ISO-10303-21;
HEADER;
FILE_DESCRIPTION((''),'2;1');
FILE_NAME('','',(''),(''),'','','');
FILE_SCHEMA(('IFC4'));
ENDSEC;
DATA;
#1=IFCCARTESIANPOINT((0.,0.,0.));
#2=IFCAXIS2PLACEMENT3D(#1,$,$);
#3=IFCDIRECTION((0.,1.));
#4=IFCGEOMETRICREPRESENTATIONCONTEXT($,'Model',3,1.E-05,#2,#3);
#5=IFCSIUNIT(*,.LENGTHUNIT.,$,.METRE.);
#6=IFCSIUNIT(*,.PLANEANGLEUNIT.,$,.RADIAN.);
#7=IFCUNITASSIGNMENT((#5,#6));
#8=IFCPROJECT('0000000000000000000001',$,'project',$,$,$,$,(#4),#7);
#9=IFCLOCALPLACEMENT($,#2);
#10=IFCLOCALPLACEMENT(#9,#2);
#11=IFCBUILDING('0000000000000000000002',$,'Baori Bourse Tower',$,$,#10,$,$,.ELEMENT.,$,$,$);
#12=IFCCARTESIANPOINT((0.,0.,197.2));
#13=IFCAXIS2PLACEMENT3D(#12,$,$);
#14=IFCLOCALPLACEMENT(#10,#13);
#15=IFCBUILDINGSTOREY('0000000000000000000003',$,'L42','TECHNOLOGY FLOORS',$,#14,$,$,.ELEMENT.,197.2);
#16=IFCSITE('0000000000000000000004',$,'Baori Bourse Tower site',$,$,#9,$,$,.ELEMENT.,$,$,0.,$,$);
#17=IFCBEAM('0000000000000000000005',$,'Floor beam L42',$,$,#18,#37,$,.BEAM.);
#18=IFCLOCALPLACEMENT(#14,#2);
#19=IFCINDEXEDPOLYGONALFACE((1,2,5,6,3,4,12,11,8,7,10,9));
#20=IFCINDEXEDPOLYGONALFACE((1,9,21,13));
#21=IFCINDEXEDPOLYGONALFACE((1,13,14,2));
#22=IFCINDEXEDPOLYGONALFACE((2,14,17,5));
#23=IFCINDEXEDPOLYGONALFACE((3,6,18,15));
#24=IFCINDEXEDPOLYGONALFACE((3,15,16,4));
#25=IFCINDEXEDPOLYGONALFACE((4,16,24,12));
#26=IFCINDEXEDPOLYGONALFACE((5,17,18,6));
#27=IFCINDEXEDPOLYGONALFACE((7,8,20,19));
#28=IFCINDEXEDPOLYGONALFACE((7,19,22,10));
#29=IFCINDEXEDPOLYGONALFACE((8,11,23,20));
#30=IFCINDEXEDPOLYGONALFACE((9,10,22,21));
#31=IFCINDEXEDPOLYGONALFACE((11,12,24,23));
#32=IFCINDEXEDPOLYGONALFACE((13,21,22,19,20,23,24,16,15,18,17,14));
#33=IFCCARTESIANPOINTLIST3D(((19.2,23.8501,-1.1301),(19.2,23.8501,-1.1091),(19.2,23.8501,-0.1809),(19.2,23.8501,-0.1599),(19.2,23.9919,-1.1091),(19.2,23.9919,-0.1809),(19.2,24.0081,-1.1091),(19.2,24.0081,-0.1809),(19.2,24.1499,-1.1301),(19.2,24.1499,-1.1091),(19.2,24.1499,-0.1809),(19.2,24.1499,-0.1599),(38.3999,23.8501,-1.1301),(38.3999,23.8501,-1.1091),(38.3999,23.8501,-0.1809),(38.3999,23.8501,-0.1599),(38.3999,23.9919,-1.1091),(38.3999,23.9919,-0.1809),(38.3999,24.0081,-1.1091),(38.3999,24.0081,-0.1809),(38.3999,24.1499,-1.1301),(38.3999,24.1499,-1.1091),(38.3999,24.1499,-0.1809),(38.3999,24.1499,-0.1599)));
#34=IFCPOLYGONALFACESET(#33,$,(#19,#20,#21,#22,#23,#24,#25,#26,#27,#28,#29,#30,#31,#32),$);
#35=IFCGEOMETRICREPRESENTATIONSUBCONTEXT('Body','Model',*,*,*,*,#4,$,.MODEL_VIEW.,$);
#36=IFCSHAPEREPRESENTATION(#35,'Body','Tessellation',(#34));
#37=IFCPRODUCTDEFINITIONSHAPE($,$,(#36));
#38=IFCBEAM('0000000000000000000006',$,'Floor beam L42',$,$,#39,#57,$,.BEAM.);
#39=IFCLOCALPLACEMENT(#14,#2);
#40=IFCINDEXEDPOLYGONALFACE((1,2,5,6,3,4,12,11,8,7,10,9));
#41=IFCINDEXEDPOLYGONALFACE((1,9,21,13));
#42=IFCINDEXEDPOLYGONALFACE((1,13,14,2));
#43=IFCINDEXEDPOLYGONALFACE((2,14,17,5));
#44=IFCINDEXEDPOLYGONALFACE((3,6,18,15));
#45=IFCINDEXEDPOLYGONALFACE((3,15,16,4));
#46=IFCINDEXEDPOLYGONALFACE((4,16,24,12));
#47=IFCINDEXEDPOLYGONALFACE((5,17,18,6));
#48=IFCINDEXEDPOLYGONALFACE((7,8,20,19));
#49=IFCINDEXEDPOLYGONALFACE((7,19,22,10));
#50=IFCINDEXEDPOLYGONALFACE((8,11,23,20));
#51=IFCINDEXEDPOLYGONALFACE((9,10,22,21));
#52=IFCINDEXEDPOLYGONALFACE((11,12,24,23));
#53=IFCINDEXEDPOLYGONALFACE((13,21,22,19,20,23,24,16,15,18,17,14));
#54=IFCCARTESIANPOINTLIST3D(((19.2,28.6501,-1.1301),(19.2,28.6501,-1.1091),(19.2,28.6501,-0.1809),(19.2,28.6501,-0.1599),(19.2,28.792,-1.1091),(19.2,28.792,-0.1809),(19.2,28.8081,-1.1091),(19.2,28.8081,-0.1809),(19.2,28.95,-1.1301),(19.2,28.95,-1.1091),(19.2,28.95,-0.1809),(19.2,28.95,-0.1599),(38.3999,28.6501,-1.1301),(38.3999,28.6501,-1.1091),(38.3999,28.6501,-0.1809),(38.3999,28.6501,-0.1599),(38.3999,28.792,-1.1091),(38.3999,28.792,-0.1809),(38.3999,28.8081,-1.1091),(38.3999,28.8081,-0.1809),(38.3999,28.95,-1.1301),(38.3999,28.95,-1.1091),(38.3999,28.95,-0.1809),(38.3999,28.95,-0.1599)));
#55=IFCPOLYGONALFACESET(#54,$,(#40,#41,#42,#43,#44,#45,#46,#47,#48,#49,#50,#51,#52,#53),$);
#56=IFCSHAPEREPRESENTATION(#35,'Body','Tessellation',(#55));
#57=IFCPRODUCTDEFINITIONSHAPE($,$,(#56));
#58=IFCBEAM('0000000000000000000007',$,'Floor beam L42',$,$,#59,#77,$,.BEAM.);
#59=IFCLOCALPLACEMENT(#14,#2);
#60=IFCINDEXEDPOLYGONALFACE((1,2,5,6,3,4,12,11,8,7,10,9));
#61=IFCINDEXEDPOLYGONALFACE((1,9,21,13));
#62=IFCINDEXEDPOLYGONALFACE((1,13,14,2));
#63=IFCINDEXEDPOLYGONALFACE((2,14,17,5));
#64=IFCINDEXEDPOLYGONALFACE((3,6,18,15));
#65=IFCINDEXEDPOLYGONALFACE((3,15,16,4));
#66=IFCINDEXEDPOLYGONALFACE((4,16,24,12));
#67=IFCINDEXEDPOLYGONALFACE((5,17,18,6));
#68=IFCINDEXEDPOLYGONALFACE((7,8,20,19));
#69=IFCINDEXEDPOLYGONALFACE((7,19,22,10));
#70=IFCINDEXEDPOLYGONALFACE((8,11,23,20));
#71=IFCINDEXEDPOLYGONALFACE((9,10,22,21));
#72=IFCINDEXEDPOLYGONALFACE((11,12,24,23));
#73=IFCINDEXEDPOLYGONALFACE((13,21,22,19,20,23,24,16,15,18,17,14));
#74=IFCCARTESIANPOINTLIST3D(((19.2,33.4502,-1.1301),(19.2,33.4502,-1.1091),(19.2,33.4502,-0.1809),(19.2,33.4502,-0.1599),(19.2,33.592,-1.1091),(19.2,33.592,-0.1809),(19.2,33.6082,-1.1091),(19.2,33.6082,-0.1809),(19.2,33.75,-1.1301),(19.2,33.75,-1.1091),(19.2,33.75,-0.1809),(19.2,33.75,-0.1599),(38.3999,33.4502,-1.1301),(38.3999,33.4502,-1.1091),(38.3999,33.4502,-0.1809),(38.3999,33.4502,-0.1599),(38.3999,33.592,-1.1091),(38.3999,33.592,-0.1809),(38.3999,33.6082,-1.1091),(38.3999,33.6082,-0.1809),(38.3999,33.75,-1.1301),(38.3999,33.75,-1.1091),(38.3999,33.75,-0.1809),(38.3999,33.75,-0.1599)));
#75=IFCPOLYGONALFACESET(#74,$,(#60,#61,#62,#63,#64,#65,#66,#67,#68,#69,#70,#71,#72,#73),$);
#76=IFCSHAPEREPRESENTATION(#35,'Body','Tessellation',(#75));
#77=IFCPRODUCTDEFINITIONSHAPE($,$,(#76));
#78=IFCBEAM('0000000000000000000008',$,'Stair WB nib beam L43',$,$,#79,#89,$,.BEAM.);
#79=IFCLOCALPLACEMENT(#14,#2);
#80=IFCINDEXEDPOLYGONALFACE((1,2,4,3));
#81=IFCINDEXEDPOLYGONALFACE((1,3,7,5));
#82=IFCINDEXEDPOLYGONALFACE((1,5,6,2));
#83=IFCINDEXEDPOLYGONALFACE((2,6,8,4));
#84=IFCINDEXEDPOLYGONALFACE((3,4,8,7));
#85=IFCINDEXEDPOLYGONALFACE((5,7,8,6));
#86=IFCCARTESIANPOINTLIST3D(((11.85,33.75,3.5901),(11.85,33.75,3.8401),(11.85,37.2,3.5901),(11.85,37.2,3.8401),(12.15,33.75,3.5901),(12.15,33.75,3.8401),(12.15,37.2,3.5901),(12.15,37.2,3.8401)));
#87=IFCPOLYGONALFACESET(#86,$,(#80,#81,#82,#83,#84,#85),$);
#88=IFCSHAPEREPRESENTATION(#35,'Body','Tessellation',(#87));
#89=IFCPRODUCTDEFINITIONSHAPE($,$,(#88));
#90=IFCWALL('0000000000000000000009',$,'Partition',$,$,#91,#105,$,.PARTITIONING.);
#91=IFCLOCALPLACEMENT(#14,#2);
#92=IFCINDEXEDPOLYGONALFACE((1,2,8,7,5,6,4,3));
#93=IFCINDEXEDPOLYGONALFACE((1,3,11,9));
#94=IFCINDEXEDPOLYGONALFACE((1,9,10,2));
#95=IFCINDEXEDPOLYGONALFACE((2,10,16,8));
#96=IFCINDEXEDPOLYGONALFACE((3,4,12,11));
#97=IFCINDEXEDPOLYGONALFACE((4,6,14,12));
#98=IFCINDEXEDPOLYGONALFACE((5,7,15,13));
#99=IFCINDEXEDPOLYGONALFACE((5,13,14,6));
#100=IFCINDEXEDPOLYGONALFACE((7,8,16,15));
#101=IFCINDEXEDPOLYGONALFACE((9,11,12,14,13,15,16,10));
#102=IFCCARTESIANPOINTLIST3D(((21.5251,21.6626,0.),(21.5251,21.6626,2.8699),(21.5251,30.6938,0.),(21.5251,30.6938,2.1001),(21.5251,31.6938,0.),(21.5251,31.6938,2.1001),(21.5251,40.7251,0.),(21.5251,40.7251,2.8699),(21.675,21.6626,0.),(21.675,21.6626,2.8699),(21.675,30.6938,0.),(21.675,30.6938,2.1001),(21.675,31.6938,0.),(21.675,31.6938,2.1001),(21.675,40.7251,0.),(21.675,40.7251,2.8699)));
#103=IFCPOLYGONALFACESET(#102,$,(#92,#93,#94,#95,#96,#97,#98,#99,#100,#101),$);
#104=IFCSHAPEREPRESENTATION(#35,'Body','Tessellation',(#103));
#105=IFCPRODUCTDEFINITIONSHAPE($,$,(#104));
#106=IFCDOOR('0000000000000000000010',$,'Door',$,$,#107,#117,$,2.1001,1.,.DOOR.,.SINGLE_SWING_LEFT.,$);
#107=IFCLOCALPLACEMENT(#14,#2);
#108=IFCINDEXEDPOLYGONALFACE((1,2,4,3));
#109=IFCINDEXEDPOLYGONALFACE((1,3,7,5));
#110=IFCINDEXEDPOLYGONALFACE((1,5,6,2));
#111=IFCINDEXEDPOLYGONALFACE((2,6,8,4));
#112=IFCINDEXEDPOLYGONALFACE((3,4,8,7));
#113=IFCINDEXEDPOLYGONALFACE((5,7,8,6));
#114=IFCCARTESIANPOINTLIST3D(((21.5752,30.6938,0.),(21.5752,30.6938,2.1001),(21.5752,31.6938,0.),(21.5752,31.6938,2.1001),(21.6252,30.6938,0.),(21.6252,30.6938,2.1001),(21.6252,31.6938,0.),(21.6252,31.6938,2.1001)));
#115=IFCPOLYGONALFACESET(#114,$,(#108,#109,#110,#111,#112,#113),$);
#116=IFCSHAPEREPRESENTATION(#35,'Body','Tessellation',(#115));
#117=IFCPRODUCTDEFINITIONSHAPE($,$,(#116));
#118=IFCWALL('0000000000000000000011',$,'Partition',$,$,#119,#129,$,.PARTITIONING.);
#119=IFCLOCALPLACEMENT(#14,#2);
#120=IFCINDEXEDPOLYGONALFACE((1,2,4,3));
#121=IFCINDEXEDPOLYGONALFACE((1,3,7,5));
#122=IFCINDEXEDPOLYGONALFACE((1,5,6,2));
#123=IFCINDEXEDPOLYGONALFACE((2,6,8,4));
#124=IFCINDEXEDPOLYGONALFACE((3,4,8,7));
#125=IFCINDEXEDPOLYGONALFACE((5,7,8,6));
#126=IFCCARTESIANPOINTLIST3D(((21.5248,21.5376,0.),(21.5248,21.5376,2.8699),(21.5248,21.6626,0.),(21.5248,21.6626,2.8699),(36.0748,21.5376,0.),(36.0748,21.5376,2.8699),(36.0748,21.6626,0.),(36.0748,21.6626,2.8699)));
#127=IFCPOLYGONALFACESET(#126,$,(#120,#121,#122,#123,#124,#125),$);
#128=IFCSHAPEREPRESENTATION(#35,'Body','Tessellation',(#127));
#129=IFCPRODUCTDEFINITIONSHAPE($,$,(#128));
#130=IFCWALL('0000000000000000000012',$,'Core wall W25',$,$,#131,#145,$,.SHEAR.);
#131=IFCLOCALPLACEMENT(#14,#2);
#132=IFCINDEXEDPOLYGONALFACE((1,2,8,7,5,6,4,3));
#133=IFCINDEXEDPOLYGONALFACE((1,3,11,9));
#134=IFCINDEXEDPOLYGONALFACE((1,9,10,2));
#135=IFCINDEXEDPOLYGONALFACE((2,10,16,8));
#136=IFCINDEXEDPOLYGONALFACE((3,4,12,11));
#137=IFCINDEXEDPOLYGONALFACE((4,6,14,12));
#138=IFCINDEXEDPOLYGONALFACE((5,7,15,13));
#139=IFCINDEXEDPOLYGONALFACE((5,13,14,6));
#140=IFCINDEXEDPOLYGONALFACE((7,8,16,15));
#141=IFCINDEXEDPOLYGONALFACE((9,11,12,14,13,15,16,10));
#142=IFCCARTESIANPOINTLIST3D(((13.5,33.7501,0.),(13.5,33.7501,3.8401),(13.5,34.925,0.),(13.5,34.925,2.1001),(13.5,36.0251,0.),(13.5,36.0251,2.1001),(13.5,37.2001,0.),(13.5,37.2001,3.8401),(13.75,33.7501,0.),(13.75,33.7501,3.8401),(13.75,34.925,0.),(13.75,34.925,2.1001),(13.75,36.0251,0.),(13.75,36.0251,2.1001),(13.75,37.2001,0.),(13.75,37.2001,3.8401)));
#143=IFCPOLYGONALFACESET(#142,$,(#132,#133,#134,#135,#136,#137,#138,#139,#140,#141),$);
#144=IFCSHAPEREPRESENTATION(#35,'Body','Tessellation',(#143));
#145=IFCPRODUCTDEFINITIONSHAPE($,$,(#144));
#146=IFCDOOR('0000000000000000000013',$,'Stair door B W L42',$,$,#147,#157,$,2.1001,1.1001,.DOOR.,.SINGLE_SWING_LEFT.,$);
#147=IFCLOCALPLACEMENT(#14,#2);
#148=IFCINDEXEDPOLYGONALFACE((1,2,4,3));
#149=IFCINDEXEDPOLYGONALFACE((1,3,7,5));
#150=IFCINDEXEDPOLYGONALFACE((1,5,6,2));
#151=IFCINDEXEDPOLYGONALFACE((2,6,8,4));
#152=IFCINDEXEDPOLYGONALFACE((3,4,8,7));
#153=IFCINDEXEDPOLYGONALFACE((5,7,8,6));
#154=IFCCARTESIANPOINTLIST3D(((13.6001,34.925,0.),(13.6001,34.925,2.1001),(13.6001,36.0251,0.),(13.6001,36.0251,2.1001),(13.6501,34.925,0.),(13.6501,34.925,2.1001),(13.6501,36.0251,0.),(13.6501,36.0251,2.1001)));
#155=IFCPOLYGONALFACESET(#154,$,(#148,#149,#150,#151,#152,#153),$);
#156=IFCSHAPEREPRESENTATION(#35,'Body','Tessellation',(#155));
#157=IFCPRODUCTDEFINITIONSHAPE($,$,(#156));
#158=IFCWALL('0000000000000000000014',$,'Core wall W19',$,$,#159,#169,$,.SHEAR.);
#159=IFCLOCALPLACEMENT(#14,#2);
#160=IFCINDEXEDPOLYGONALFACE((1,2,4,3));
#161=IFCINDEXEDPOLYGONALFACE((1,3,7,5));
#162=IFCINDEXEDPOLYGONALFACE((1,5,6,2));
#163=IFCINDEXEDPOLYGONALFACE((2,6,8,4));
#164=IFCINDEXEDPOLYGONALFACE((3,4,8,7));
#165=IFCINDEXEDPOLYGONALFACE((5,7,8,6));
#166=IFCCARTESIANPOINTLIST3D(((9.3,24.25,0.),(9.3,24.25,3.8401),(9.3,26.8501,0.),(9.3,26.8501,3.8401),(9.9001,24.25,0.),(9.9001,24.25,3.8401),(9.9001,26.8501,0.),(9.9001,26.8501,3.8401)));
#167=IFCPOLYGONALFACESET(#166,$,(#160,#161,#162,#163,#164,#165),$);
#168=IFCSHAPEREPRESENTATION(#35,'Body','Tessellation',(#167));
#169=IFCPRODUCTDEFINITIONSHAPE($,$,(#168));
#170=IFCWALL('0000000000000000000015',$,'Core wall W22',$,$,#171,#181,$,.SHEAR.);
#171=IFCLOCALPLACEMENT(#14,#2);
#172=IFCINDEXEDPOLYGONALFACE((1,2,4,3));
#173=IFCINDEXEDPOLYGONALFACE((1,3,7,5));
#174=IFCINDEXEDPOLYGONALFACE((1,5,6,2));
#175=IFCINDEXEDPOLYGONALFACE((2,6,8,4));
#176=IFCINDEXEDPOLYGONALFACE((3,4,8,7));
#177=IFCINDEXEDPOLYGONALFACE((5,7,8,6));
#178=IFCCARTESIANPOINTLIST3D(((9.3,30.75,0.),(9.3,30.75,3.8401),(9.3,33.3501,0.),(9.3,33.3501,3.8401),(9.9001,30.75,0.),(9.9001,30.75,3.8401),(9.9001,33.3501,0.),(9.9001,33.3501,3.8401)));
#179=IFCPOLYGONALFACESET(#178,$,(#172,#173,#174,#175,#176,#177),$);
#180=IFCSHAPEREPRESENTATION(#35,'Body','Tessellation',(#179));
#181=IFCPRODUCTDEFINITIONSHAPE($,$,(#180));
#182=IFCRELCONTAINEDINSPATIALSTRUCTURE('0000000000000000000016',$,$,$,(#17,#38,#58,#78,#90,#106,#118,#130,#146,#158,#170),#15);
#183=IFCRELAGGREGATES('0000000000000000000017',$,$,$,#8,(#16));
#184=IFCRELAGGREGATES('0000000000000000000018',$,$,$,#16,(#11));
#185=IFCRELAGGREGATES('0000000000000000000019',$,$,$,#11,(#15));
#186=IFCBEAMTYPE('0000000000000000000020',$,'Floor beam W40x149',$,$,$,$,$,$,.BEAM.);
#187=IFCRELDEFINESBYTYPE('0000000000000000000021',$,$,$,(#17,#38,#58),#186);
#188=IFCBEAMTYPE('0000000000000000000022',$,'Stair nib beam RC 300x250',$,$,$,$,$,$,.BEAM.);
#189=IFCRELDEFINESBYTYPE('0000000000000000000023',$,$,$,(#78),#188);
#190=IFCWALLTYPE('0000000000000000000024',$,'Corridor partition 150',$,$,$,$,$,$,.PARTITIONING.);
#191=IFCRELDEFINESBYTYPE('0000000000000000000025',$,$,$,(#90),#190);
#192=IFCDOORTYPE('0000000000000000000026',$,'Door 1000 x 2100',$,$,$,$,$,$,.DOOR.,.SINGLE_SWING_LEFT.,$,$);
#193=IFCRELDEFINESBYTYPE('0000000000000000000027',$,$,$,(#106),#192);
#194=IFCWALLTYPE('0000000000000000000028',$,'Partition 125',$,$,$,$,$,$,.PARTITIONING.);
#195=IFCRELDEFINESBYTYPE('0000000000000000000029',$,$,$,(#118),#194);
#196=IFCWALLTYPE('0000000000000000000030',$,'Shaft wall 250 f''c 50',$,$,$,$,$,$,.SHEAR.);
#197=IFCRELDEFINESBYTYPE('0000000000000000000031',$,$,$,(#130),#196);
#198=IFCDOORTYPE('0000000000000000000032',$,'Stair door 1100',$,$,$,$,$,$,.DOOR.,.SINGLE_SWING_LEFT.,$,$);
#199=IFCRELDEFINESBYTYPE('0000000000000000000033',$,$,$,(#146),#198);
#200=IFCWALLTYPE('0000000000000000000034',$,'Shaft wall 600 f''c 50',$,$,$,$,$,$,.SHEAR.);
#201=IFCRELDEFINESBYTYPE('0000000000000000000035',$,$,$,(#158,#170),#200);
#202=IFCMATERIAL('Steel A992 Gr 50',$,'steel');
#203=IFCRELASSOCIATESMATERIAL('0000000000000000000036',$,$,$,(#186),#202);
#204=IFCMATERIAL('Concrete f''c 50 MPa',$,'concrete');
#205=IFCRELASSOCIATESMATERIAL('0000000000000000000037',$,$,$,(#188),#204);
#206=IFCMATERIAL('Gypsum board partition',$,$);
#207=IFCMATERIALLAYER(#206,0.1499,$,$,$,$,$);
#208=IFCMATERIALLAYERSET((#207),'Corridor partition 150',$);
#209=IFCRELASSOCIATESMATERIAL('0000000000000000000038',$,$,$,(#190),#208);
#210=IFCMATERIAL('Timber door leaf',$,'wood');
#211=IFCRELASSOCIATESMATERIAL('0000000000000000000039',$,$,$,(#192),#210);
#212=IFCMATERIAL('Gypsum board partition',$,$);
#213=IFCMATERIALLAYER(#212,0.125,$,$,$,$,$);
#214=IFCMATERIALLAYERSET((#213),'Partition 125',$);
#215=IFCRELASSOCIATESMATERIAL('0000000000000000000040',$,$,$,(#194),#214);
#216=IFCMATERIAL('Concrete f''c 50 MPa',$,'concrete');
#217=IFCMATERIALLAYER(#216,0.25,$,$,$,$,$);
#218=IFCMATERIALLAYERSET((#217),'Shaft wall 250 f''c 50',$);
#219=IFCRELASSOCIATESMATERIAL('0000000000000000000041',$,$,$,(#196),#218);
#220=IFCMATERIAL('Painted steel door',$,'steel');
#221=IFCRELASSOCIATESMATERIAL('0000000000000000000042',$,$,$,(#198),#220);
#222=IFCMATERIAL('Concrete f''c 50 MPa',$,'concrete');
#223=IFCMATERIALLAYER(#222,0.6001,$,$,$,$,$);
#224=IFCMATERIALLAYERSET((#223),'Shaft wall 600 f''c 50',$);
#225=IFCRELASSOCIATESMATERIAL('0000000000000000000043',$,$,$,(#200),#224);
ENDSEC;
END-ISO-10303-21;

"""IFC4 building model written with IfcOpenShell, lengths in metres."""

from ifc_helpers import new_model, si_unit, direction, frame, frame_2d, origin, origin_2d, place, context, subcontext, project, spatial, rectangle, i_section, extrude, material, layer, layer_set, material_profile, profile_set, type_object, element, fill, save


model = new_model("IFC4")

# Units and contexts
model_context = context("Model", 3, precision=1e-05, world=origin(), true_north=direction((0.0, 1.0)))
body_context = subcontext(model_context, "Body", "Model", "MODEL_VIEW")
ifc_project = project(units=[si_unit("LENGTHUNIT", "METRE"), si_unit("PLANEANGLEUNIT", "RADIAN")], contexts=[model_context])

# Site, building, storey
site_placement = place(None, origin())
site = spatial("IfcSite", under=ifc_project, at=site_placement, Name="Baori Bourse Tower site", CompositionType="ELEMENT", RefElevation=0.0)
building_placement = place(site_placement, origin())
building = spatial("IfcBuilding", under=site, at=building_placement, Name="Baori Bourse Tower", CompositionType="ELEMENT")
storey_placement = place(building_placement, frame((0.0, 0.0, 197.2)))
storey = spatial("IfcBuildingStorey", under=building, at=storey_placement, Name="L42", Description="TECHNOLOGY FLOORS", CompositionType="ELEMENT", Elevation=197.2)

# Beams
ifc_material_1 = material(Name="Steel A992 Gr 50", Category="steel")
ifc_material_profile_1 = material_profile(ifc_material_1, i_section(OverallWidth=0.2998, OverallDepth=0.9702, WebThickness=0.0161, FlangeThickness=0.021, at=origin_2d()), Name="W40x149")
ifc_profile_set_1 = profile_set([ifc_material_profile_1], Name="Steel A992 Gr 50")
beam_type_1 = type_object("IfcBeamType", Name="Floor beam W40x149", PredefinedType="BEAM", material=ifc_profile_set_1)
for number, where, z_axis, x_axis, name in (
    (1, (19.2, 24.0, -0.645), (1.0, 0.0, 0.0), (0.0, 1.0, 0.0), "Floor beam L42"),
    (2, (19.2, 28.8, -0.645), (1.0, 0.0, 0.0), (0.0, 1.0, 0.0), "Floor beam L42"),
    (3, (19.2, 33.6001, -0.645), (1.0, 0.0, 0.0), (0.0, 1.0, 0.0), "Floor beam L42"),
):
    element("IfcBeam", number, at=place(storey_placement, frame(where, z_axis=z_axis, x_axis=x_axis)), inside=storey, type_object=beam_type_1, Name=name, PredefinedType="BEAM", context=body_context, shape_type="SweptSolid", body=[
        extrude(i_section(OverallWidth=0.2998, OverallDepth=0.9702, WebThickness=0.0161, FlangeThickness=0.021, at=origin_2d()), origin(), (0.0, 0.0, 1.0), 19.2),
    ])
ifc_material_2 = material(Name="Concrete f'c 50 MPa", Category="concrete")
ifc_material_profile_2 = material_profile(ifc_material_2, rectangle(XDim=0.3, YDim=0.25, at=origin_2d()), Name="RC 300x250")
ifc_profile_set_2 = profile_set([ifc_material_profile_2], Name="Concrete f'c 50 MPa")
beam_type_2 = type_object("IfcBeamType", Name="Stair nib beam RC 300x250", PredefinedType="BEAM", material=ifc_profile_set_2)
beam_placement = place(storey_placement, frame((12.0, 33.75, 3.7151), z_axis=(0.0, 1.0, 0.0), x_axis=(-1.0, 0.0, 0.0)))
element("IfcBeam", 4, at=beam_placement, inside=storey, type_object=beam_type_2, Name="Stair WB nib beam L43", PredefinedType="BEAM", context=body_context, shape_type="SweptSolid", body=[
    extrude(rectangle(XDim=0.3, YDim=0.25, at=origin_2d()), origin(), (0.0, 0.0, 1.0), 3.45),
])

# Wall, opening, door
ifc_material_3 = material(Name="Gypsum board partition")
ifc_layer_1 = layer(ifc_material_3, 0.1499)
ifc_layer_set_1 = layer_set([ifc_layer_1], Name="Corridor partition 150")
wall_type_1 = type_object("IfcWallType", Name="Corridor partition 150", PredefinedType="PARTITIONING", material=ifc_layer_set_1)
wall_1_placement = place(storey_placement, frame((21.6001, 21.6626, 0.0), z_axis=(0.0, 0.0, 1.0), x_axis=(0.0, 1.0, 0.0)))
wall_1 = element("IfcWall", 5, at=wall_1_placement, inside=storey, type_object=wall_type_1, Name="Partition", PredefinedType="PARTITIONING", context=body_context, shape_type="SweptSolid", body=[
    extrude(rectangle(XDim=19.0625, YDim=0.1499, at=frame_2d((9.5312, 0.0))), origin(), (0.0, 0.0, 1.0), 2.8699),
])
opening_1_placement = place(wall_1_placement, frame((9.0312, 0.0, 0.0)))
opening_1 = element("IfcOpeningElement", 6, at=opening_1_placement, cuts=wall_1, PredefinedType="OPENING", context=body_context, shape_type="SweptSolid", body=[
    extrude(rectangle(XDim=1.0, YDim=2.1001, at=frame_2d((0.5, 1.05))), frame((0.0, 0.085, 0.0), z_axis=(0.0, -1.0, 0.0), x_axis=(1.0, 0.0, 0.0)), (0.0, 0.0, 1.0), 0.1699),
])
ifc_material_4 = material(Name="Timber door leaf", Category="wood")
door_type_1 = type_object("IfcDoorType", Name="Door 1000 x 2100", OperationType="SINGLE_SWING_LEFT", PredefinedType="DOOR", material=ifc_material_4)
door_1_placement = place(opening_1_placement, origin())
door_1 = element("IfcDoor", 7, at=door_1_placement, inside=storey, type_object=door_type_1, Name="Door", OperationType="SINGLE_SWING_LEFT", OverallHeight=2.1001, OverallWidth=1.0, PredefinedType="DOOR", context=body_context, shape_type="SweptSolid", body=[
    extrude(rectangle(XDim=1.0, YDim=2.1001, at=frame_2d((0.5, 1.05))), frame((0.0, 0.0249, 0.0), z_axis=(0.0, -1.0, 0.0), x_axis=(1.0, 0.0, 0.0)), (0.0, 0.0, 1.0), 0.05),
])
fill(opening_1, door_1)

# Wall
ifc_material_5 = material(Name="Gypsum board partition")
ifc_layer_2 = layer(ifc_material_5, 0.125)
ifc_layer_set_2 = layer_set([ifc_layer_2], Name="Partition 125")
wall_type_2 = type_object("IfcWallType", Name="Partition 125", PredefinedType="PARTITIONING", material=ifc_layer_set_2)
wall_2_placement = place(storey_placement, frame((21.5249, 21.6001, 0.0), z_axis=(0.0, 0.0, 1.0), x_axis=(1.0, 0.0, 0.0)))
element("IfcWall", 8, at=wall_2_placement, inside=storey, type_object=wall_type_2, Name="Partition", PredefinedType="PARTITIONING", context=body_context, shape_type="SweptSolid", body=[
    extrude(rectangle(XDim=14.55, YDim=0.125, at=frame_2d((7.2749, 0.0))), origin(), (0.0, 0.0, 1.0), 2.8699),
])

# Wall, opening, door
ifc_material_6 = material(Name="Concrete f'c 50 MPa", Category="concrete")
ifc_layer_3 = layer(ifc_material_6, 0.25)
ifc_layer_set_3 = layer_set([ifc_layer_3], Name="Shaft wall 250 f'c 50")
wall_type_3 = type_object("IfcWallType", Name="Shaft wall 250 f'c 50", PredefinedType="SHEAR", material=ifc_layer_set_3)
wall_3_placement = place(storey_placement, frame((13.625, 33.75, 0.0), z_axis=(0.0, 0.0, 1.0), x_axis=(0.0, 1.0, 0.0)))
wall_3 = element("IfcWall", 9, at=wall_3_placement, inside=storey, type_object=wall_type_3, Name="Core wall W25", PredefinedType="SHEAR", context=body_context, shape_type="SweptSolid", body=[
    extrude(rectangle(XDim=3.45, YDim=0.25, at=frame_2d((1.7251, 0.0))), origin(), (0.0, 0.0, 1.0), 3.8401),
])
opening_2_placement = place(wall_3_placement, frame((1.175, 0.0, 0.0)))
opening_2 = element("IfcOpeningElement", 10, at=opening_2_placement, cuts=wall_3, PredefinedType="OPENING", context=body_context, shape_type="SweptSolid", body=[
    extrude(rectangle(XDim=1.1001, YDim=2.1001, at=frame_2d((0.55, 1.05))), frame((0.0, 0.135, 0.0), z_axis=(0.0, -1.0, 0.0), x_axis=(1.0, 0.0, 0.0)), (0.0, 0.0, 1.0), 0.27),
])
ifc_material_7 = material(Name="Painted steel door", Category="steel")
door_type_2 = type_object("IfcDoorType", Name="Stair door 1100", OperationType="SINGLE_SWING_LEFT", PredefinedType="DOOR", material=ifc_material_7)
door_2_placement = place(opening_2_placement, origin())
door_2 = element("IfcDoor", 11, at=door_2_placement, inside=storey, type_object=door_type_2, Name="Stair door B W L42", OperationType="SINGLE_SWING_LEFT", OverallHeight=2.1001, OverallWidth=1.1001, PredefinedType="DOOR", context=body_context, shape_type="SweptSolid", body=[
    extrude(rectangle(XDim=1.1001, YDim=2.1001, at=frame_2d((0.55, 1.05))), frame((0.0, 0.0249, 0.0), z_axis=(0.0, -1.0, 0.0), x_axis=(1.0, 0.0, 0.0)), (0.0, 0.0, 1.0), 0.05),
])
fill(opening_2, door_2)

# Walls
ifc_material_8 = material(Name="Concrete f'c 50 MPa", Category="concrete")
ifc_layer_4 = layer(ifc_material_8, 0.6001)
ifc_layer_set_4 = layer_set([ifc_layer_4], Name="Shaft wall 600 f'c 50")
wall_type_4 = type_object("IfcWallType", Name="Shaft wall 600 f'c 50", PredefinedType="SHEAR", material=ifc_layer_set_4)
for number, where, z_axis, x_axis, name in (
    (12, (9.6001, 24.25, 0.0), (0.0, 0.0, 1.0), (0.0, 1.0, 0.0), "Core wall W19"),
    (13, (9.6001, 30.75, 0.0), (0.0, 0.0, 1.0), (0.0, 1.0, 0.0), "Core wall W22"),
):
    element("IfcWall", number, at=place(storey_placement, frame(where, z_axis=z_axis, x_axis=x_axis)), inside=storey, type_object=wall_type_4, Name=name, PredefinedType="SHEAR", context=body_context, shape_type="SweptSolid", body=[
        extrude(rectangle(XDim=2.6001, YDim=0.6001, at=frame_2d((1.3, 0.0))), origin(), (0.0, 0.0, 1.0), 3.8401),
    ])

save(model, "model.ifc")
